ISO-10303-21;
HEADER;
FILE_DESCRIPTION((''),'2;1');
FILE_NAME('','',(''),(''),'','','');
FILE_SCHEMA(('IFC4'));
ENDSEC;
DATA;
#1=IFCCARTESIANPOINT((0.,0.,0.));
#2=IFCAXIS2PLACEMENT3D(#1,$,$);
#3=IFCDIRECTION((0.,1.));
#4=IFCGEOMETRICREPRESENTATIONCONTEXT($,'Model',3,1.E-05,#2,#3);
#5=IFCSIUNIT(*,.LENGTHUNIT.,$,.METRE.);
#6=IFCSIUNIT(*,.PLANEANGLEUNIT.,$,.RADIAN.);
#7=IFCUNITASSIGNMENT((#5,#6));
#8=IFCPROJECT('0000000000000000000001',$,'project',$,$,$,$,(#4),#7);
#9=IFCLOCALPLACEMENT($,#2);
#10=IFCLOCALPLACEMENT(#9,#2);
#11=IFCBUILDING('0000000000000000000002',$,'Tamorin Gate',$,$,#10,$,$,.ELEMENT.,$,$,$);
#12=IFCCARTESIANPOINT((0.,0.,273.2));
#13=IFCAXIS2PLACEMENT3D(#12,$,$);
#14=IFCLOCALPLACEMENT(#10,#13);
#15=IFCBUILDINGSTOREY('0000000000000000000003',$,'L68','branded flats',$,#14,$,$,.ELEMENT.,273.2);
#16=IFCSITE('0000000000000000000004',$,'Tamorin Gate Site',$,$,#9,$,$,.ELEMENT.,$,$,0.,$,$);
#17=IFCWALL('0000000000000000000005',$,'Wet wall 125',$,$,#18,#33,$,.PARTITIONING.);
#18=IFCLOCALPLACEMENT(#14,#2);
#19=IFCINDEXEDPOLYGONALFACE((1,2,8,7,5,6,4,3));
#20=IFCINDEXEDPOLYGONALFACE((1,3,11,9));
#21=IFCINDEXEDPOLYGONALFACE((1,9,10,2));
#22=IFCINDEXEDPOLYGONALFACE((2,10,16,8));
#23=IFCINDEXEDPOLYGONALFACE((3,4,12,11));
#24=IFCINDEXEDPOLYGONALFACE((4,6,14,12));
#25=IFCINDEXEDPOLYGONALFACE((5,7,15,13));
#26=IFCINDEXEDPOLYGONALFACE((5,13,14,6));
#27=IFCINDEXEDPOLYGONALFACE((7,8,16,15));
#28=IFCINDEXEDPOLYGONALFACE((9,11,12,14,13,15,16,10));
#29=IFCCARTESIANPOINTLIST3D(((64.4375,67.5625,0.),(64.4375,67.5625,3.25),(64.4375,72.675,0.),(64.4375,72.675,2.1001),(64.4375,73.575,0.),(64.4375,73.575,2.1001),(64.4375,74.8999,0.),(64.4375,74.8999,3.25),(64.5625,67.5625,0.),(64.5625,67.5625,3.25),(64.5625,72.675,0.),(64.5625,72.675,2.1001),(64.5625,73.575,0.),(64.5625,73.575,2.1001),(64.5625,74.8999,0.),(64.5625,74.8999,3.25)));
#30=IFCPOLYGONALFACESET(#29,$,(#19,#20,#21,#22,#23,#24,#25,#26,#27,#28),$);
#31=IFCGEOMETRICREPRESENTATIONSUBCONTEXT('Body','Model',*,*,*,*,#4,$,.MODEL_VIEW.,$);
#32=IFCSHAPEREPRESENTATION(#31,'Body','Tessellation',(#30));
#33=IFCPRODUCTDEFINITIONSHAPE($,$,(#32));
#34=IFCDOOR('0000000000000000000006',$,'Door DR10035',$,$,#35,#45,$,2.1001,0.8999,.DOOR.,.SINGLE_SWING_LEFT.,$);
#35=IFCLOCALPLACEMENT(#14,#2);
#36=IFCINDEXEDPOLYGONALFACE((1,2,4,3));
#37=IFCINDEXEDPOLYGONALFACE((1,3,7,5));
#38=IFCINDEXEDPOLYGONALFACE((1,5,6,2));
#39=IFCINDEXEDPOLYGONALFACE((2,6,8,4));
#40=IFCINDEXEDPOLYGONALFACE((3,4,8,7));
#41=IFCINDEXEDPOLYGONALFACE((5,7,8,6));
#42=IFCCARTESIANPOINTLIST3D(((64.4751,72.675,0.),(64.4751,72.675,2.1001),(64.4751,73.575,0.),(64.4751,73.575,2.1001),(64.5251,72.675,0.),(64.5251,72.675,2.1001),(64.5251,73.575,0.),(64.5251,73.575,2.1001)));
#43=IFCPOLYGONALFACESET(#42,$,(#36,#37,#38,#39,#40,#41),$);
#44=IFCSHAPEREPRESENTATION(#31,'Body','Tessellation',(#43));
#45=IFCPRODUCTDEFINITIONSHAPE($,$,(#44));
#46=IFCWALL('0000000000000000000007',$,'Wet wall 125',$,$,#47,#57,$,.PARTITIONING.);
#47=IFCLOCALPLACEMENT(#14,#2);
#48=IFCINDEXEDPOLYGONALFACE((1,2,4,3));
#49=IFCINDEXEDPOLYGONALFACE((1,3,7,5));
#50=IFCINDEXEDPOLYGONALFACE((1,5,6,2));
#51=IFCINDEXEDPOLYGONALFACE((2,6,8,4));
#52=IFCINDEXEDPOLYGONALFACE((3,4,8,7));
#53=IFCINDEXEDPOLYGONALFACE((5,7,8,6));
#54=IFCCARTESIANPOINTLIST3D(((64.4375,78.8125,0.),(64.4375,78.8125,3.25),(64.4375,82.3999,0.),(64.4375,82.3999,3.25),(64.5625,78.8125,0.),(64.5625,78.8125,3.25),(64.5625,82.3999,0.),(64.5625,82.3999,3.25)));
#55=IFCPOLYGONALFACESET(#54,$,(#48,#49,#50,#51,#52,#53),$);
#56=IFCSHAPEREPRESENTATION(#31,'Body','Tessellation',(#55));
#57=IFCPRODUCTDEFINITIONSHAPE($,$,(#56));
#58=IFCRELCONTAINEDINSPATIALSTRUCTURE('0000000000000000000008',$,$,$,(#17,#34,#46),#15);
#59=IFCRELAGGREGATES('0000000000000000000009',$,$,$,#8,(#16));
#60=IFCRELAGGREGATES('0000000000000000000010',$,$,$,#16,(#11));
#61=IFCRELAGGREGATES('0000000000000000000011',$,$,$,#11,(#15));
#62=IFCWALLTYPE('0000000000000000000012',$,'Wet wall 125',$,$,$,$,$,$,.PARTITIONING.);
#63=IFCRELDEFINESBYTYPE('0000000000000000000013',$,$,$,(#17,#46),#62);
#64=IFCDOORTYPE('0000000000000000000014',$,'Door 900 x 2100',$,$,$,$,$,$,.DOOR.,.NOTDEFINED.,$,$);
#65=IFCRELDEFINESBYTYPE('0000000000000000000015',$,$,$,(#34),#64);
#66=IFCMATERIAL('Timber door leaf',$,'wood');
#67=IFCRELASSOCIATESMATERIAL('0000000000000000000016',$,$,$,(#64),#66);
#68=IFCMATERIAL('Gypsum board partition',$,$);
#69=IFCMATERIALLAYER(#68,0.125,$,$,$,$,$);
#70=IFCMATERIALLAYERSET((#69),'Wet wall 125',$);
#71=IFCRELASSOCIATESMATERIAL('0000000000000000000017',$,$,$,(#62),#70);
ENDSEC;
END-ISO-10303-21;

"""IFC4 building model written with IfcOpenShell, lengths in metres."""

from ifc_helpers import new_model, si_unit, direction, frame, frame_2d, origin, place, context, subcontext, project, spatial, rectangle, extrude, material, layer, layer_set, type_object, element, fill, save


model = new_model("IFC4")

# Units and contexts
model_context = context("Model", 3, precision=1e-05, world=origin(), true_north=direction((0.0, 1.0)))
body_context = subcontext(model_context, "Body", "Model", "MODEL_VIEW")
ifc_project = project(units=[si_unit("LENGTHUNIT", "METRE"), si_unit("PLANEANGLEUNIT", "RADIAN")], contexts=[model_context])

# Site, building, storey
site_placement = place(None, origin())
site = spatial("IfcSite", under=ifc_project, at=site_placement, Name="Tamorin Gate Site", CompositionType="ELEMENT", RefElevation=0.0)
building_placement = place(site_placement, origin())
building = spatial("IfcBuilding", under=site, at=building_placement, Name="Tamorin Gate", CompositionType="ELEMENT")
storey_placement = place(building_placement, frame((0.0, 0.0, 273.2)))
storey = spatial("IfcBuildingStorey", under=building, at=storey_placement, Name="L68", Description="branded flats", CompositionType="ELEMENT", Elevation=273.2)

# Shared definitions
ifc_material_1 = material(Name="Gypsum board partition")
ifc_material_2 = material(Name="Timber door leaf", Category="wood")
door_type = type_object("IfcDoorType", Name="Door 900 x 2100", OperationType="NOTDEFINED", PredefinedType="DOOR", material=ifc_material_2)

# Wall, opening, door
ifc_layer_1 = layer(ifc_material_1, 0.125)
ifc_layer_set_1 = layer_set([ifc_layer_1], Name="Wet wall 125")
wall_type_1 = type_object("IfcWallType", Name="Wet wall 125", PredefinedType="PARTITIONING", material=ifc_layer_set_1)
wall_1_placement = place(storey_placement, frame((64.5, 67.5625, 0.0), z_axis=(0.0, 0.0, 1.0), x_axis=(0.0, 1.0, 0.0)))
wall_1 = element("IfcWall", 1, at=wall_1_placement, inside=storey, type_object=wall_type_1, Name="Wet wall 125", PredefinedType="PARTITIONING", context=body_context, shape_type="SweptSolid", body=[
    extrude(rectangle(XDim=7.3374, YDim=0.125, at=frame_2d((3.6687, 0.0))), origin(), (0.0, 0.0, 1.0), 3.25),
])
opening_1_placement = place(wall_1_placement, frame((5.1125, 0.0, 0.0)))
opening_1 = element("IfcOpeningElement", 2, at=opening_1_placement, cuts=wall_1, PredefinedType="OPENING", context=body_context, shape_type="SweptSolid", body=[
    extrude(rectangle(XDim=0.8999, YDim=2.1001, at=frame_2d((0.45, 1.05))), frame((0.0, 0.0725, 0.0), z_axis=(0.0, -1.0, 0.0), x_axis=(1.0, 0.0, 0.0)), (0.0, 0.0, 1.0), 0.145),
])
door_1_placement = place(opening_1_placement, origin())
door_1 = element("IfcDoor", 3, at=door_1_placement, inside=storey, type_object=door_type, Name="Door DR10035", OperationType="SINGLE_SWING_LEFT", OverallHeight=2.1001, OverallWidth=0.8999, PredefinedType="DOOR", context=body_context, shape_type="SweptSolid", body=[
    extrude(rectangle(XDim=0.8999, YDim=2.1001, at=frame_2d((0.45, 1.05))), frame((0.0, 0.0249, 0.0), z_axis=(0.0, -1.0, 0.0), x_axis=(1.0, 0.0, 0.0)), (0.0, 0.0, 1.0), 0.05),
])
fill(opening_1, door_1)

# Wall
wall_2_placement = place(storey_placement, frame((64.5, 78.8125, 0.0), z_axis=(0.0, 0.0, 1.0), x_axis=(0.0, 1.0, 0.0)))
element("IfcWall", 4, at=wall_2_placement, inside=storey, type_object=wall_type_1, Name="Wet wall 125", PredefinedType="PARTITIONING", context=body_context, shape_type="SweptSolid", body=[
    extrude(rectangle(XDim=3.5874, YDim=0.125, at=frame_2d((1.7937, 0.0))), origin(), (0.0, 0.0, 1.0), 3.25),
])

save(model, "model.ifc")
